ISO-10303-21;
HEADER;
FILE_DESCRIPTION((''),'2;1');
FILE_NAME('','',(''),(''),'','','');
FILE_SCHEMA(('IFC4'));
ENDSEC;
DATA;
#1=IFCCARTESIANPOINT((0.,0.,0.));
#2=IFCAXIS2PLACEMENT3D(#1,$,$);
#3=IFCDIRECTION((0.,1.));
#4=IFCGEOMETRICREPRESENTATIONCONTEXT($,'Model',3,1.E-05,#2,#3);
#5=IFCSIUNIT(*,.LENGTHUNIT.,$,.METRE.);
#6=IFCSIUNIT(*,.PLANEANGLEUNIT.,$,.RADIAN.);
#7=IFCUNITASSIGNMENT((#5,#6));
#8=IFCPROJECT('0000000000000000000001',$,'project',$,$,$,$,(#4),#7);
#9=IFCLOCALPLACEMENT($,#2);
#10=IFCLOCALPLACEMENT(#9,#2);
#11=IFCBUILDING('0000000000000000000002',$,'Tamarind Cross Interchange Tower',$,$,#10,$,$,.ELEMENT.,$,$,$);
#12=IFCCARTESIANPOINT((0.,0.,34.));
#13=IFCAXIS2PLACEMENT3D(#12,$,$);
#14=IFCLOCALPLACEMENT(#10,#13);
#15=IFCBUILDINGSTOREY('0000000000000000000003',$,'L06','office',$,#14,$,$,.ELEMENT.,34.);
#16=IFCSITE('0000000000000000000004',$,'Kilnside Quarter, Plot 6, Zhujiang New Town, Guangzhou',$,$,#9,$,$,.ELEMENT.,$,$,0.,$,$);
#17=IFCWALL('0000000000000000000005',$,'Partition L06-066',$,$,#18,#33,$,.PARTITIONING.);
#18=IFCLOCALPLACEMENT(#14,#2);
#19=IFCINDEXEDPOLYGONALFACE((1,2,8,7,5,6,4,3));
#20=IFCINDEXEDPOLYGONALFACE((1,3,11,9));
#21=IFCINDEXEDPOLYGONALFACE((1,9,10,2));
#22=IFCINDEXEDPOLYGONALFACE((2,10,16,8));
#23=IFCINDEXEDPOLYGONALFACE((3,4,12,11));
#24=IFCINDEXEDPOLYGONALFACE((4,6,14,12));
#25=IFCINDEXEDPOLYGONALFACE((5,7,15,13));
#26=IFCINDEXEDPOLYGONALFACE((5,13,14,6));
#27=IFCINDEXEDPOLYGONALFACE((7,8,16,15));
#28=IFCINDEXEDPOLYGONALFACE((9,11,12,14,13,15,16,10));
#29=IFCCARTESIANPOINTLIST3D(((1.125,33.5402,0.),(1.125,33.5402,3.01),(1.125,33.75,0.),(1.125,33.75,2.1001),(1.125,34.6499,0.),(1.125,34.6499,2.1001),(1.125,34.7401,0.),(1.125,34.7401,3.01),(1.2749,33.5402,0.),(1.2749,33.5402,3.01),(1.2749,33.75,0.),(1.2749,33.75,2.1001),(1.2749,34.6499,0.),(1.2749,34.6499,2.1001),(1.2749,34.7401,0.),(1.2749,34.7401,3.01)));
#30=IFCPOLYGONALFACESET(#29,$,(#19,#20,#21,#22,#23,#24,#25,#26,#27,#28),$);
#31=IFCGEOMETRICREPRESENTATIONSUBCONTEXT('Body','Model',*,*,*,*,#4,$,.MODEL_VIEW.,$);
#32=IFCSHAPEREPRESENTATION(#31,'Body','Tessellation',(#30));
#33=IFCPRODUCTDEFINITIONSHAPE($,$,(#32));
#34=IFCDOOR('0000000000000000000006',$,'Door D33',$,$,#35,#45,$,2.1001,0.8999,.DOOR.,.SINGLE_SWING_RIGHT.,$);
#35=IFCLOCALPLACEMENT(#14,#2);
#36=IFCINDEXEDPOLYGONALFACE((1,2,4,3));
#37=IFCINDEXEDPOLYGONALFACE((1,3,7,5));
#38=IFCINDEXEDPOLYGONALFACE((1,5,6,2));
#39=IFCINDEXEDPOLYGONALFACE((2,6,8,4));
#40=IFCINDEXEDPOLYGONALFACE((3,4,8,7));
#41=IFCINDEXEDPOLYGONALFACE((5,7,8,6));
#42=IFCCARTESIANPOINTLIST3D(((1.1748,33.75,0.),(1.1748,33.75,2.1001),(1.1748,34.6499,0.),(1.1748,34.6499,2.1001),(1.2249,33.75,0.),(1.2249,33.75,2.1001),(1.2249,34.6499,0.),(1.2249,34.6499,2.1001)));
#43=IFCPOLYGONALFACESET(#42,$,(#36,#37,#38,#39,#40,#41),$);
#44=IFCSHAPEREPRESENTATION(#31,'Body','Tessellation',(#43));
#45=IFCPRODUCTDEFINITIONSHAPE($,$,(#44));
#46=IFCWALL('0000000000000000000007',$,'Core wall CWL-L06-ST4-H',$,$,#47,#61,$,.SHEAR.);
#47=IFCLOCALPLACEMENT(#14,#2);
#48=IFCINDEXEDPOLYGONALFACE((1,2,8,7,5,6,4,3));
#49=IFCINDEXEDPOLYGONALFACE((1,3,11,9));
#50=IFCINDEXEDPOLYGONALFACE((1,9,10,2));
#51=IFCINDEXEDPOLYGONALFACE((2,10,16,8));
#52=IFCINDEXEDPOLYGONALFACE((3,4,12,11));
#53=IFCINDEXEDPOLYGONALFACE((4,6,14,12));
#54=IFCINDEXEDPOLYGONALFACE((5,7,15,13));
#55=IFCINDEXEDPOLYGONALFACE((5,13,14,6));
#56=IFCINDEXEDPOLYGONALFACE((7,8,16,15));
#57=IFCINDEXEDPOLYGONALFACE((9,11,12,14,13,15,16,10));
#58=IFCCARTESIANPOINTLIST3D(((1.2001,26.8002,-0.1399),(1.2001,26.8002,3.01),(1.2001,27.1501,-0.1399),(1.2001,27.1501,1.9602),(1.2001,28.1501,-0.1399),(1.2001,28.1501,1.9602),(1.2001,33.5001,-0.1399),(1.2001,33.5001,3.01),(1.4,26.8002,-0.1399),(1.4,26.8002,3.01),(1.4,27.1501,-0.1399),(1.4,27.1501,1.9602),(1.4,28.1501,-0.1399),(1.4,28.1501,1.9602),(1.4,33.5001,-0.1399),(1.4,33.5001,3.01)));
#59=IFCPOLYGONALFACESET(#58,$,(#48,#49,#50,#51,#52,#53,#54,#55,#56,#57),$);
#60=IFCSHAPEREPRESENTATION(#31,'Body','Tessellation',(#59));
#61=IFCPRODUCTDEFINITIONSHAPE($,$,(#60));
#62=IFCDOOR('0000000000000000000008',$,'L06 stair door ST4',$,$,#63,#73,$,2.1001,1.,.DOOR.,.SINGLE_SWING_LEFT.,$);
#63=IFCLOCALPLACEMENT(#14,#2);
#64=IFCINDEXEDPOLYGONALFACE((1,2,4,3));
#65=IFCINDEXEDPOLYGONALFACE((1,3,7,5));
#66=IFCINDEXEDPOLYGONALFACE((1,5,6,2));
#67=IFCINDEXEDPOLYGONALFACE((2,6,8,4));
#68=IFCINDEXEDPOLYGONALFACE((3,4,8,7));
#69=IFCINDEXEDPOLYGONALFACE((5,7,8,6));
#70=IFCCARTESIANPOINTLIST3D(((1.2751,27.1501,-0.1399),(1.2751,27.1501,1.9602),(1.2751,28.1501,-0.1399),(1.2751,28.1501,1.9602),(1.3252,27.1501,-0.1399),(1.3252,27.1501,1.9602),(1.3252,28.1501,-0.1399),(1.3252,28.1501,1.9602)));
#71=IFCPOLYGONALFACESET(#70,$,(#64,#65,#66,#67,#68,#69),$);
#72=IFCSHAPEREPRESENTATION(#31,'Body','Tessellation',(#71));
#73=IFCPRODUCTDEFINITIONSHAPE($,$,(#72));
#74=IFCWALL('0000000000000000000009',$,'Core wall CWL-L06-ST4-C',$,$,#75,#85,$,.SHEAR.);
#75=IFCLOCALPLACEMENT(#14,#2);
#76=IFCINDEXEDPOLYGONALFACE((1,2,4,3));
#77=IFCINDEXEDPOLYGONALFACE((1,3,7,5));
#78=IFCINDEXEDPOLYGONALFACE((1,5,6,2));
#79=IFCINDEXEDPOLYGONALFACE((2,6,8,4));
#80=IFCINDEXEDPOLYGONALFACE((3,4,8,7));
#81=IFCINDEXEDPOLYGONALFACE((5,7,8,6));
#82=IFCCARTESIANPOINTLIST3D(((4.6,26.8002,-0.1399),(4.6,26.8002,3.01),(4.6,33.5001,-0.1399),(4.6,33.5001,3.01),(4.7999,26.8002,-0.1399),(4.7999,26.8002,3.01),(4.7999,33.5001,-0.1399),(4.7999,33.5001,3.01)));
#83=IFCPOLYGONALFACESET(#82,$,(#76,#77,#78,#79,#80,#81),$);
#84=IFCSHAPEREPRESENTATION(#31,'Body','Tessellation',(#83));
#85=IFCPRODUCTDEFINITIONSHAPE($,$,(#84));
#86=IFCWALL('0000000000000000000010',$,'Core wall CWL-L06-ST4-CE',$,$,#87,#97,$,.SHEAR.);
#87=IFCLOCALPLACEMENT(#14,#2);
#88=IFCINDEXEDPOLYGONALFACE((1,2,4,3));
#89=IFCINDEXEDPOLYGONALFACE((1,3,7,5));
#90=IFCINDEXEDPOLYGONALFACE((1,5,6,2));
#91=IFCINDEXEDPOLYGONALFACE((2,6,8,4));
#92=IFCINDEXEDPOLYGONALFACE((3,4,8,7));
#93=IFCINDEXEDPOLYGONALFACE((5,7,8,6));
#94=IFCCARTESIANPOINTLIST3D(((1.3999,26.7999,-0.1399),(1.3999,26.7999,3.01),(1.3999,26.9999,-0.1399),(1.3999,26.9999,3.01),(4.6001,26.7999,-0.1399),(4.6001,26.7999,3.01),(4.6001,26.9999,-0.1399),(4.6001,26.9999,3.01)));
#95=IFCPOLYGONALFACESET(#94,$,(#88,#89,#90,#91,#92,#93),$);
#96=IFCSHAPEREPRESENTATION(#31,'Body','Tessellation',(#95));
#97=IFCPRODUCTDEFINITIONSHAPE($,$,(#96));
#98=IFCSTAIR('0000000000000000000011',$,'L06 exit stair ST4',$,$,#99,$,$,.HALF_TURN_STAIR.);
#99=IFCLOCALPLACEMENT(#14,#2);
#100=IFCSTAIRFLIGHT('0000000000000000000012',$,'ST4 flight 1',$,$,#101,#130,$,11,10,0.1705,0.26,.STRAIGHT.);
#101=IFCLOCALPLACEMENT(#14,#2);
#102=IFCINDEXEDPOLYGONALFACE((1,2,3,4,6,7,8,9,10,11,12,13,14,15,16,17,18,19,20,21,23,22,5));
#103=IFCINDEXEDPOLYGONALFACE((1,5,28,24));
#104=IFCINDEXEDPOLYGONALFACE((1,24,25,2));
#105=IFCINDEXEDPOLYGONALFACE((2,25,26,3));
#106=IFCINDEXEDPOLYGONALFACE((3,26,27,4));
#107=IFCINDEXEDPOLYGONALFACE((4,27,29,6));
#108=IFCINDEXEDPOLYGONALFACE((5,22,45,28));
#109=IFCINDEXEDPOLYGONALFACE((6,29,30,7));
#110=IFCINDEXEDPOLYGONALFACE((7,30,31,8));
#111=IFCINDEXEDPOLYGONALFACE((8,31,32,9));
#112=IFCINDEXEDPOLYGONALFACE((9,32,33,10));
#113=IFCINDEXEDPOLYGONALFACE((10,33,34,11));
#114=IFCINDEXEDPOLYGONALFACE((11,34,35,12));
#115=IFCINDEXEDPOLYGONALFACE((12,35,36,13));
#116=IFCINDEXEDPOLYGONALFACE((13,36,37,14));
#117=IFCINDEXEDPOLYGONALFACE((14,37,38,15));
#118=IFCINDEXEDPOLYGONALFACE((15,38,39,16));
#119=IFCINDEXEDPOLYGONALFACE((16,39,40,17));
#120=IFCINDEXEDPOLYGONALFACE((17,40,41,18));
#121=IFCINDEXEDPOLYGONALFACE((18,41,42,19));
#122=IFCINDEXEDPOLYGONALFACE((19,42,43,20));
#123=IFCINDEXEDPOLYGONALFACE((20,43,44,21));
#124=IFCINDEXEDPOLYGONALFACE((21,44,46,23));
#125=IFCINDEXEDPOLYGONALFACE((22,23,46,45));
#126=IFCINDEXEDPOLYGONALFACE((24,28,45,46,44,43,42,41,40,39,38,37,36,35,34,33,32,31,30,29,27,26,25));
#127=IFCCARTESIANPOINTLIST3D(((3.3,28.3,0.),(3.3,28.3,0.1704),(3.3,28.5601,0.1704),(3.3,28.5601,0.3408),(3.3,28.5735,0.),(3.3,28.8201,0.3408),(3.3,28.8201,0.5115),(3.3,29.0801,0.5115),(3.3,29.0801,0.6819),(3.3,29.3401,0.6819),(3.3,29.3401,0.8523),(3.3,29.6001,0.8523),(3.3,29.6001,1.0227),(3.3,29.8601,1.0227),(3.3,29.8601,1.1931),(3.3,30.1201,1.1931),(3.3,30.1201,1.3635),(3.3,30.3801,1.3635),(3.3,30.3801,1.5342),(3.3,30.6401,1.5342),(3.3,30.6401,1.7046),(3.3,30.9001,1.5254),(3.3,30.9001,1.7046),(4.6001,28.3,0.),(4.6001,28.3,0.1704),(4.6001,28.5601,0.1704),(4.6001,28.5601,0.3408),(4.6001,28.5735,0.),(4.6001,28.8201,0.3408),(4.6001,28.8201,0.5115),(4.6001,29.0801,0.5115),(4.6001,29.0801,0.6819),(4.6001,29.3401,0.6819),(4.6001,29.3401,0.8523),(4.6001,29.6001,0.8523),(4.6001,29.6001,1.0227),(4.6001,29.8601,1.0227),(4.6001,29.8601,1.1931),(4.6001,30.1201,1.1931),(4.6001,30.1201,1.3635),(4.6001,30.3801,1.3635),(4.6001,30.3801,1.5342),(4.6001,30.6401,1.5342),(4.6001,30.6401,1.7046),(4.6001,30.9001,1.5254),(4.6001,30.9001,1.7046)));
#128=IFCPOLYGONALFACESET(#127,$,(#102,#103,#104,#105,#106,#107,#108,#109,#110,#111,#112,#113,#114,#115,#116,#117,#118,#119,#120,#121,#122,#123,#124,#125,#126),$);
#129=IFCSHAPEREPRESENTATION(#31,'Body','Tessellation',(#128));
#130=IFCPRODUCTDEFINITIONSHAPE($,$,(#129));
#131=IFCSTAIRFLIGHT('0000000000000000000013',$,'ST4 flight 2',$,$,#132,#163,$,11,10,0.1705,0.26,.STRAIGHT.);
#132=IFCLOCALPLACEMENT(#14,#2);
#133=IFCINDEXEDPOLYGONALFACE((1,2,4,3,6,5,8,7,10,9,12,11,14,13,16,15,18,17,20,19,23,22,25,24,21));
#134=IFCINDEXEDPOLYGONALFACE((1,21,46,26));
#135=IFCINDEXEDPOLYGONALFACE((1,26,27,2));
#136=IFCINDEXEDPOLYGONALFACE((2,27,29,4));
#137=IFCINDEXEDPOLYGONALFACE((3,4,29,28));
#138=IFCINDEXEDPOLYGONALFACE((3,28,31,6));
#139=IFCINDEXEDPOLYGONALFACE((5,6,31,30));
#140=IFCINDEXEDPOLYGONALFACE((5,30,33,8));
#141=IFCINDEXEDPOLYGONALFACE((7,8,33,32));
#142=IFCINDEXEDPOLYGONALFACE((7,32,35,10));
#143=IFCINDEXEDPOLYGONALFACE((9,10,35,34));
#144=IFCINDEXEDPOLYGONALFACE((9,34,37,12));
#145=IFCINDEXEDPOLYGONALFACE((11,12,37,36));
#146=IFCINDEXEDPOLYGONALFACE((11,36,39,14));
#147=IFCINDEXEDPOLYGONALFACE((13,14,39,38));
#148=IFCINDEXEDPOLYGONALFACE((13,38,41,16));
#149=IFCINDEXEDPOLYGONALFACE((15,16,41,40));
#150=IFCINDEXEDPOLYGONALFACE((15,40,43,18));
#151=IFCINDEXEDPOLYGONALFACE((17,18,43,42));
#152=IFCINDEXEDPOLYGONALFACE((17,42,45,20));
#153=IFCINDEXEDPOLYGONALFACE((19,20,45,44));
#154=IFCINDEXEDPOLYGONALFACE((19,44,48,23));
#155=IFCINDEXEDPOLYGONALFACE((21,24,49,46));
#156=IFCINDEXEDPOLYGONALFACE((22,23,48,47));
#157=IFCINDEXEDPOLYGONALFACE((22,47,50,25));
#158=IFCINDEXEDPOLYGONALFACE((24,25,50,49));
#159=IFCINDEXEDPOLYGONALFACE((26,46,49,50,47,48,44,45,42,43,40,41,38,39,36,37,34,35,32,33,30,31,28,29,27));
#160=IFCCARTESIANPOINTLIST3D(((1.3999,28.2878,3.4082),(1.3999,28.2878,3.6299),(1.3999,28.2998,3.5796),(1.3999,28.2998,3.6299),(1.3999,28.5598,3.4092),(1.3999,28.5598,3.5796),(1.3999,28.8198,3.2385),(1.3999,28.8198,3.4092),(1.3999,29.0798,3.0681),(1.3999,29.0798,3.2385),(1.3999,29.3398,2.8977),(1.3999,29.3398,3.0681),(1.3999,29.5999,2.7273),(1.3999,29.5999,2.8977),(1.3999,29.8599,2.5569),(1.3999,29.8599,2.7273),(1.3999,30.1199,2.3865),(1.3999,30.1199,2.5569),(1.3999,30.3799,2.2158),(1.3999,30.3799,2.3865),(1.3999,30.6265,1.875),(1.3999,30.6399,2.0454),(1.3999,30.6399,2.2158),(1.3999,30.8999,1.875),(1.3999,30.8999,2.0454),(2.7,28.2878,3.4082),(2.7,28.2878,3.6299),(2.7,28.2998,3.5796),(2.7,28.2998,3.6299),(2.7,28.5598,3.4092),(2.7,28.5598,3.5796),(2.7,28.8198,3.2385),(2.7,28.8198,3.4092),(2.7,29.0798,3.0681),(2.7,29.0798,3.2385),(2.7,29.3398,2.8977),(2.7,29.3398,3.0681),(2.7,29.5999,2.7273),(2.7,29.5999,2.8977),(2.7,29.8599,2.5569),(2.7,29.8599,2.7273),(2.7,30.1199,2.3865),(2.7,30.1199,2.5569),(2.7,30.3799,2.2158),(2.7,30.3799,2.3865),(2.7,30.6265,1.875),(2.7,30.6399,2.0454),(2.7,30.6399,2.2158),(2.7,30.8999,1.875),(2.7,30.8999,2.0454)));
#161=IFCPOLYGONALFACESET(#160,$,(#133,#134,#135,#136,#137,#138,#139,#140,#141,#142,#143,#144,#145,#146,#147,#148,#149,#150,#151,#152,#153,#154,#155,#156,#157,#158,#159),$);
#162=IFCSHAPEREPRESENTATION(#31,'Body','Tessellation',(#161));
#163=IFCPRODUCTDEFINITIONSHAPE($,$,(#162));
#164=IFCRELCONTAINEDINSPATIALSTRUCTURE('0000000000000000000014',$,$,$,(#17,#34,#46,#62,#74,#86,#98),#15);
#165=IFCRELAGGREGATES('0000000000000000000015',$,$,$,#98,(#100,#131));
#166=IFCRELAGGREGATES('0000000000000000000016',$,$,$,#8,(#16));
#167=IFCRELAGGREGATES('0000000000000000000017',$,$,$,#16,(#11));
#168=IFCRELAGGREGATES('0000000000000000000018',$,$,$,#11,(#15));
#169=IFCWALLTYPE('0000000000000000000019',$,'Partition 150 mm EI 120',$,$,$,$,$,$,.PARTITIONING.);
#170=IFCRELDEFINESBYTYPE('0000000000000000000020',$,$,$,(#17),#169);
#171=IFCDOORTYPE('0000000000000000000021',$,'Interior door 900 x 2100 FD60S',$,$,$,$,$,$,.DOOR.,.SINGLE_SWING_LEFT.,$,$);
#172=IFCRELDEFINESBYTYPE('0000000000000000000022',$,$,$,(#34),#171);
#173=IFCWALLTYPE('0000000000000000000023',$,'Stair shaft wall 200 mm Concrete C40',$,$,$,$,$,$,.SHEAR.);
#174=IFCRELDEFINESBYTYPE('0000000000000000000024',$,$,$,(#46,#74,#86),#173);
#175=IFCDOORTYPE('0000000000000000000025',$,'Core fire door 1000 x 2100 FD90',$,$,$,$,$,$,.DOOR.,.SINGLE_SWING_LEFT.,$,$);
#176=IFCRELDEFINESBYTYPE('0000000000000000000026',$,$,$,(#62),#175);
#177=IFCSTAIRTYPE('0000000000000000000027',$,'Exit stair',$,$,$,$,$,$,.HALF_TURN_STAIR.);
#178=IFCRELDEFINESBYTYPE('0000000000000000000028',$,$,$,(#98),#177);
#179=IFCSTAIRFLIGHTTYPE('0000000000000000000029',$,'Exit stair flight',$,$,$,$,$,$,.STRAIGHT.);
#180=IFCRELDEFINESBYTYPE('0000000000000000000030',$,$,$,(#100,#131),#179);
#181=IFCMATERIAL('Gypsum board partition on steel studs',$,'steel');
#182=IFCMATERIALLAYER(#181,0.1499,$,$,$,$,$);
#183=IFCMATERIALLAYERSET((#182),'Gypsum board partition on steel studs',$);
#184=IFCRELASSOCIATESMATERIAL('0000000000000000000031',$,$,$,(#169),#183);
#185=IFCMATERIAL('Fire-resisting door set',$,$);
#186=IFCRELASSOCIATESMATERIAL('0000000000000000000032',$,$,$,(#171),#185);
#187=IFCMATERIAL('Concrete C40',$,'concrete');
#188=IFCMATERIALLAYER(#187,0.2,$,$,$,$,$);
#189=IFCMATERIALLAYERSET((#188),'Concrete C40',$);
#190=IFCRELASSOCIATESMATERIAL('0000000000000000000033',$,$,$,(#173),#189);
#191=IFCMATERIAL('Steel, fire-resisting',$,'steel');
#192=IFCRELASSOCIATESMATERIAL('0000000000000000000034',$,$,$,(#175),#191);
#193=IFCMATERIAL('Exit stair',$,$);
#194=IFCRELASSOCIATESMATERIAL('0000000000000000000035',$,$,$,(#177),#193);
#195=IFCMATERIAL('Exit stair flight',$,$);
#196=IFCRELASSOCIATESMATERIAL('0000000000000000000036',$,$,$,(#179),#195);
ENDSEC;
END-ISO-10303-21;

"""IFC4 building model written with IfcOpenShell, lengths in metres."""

from ifc_helpers import new_model, si_unit, direction, frame, frame_2d, origin, place, context, subcontext, project, spatial, polyline, rectangle, outline, extrude, material, layer, layer_set, type_object, element, fill, aggregate, save


model = new_model("IFC4")

# Units and contexts
model_context = context("Model", 3, precision=1e-05, world=origin(), true_north=direction((0.0, 1.0)))
body_context = subcontext(model_context, "Body", "Model", "MODEL_VIEW")
ifc_project = project(units=[si_unit("LENGTHUNIT", "METRE"), si_unit("PLANEANGLEUNIT", "RADIAN")], contexts=[model_context])

# Site, building, storey
site_placement = place(None, origin())
site = spatial("IfcSite", under=ifc_project, at=site_placement, Name="Kilnside Quarter, Plot 6, Zhujiang New Town, Guangzhou", CompositionType="ELEMENT", RefElevation=0.0)
building_placement = place(site_placement, origin())
building = spatial("IfcBuilding", under=site, at=building_placement, Name="Tamarind Cross Interchange Tower", CompositionType="ELEMENT")
storey_placement = place(building_placement, frame((0.0, 0.0, 34.0)))
storey = spatial("IfcBuildingStorey", under=building, at=storey_placement, Name="L06", Description="office", CompositionType="ELEMENT", Elevation=34.0)

# Shared definitions
ifc_material_1 = material(Name="Gypsum board partition on steel studs", Category="steel")
ifc_layer_1 = layer(ifc_material_1, 0.1499)
ifc_layer_set_1 = layer_set([ifc_layer_1], Name="Gypsum board partition on steel studs")
wall_type_1 = type_object("IfcWallType", Name="Partition 150 mm EI 120", PredefinedType="PARTITIONING", material=ifc_layer_set_1)

# Walls, openings, doors
wall_1_placement = place(storey_placement, frame((1.2, 33.54, 0.0), z_axis=(0.0, 0.0, 1.0), x_axis=(0.0, 1.0, 0.0)))
wall_1 = element("IfcWall", 1, at=wall_1_placement, inside=storey, type_object=wall_type_1, Name="Partition L06-066", PredefinedType="PARTITIONING", context=body_context, shape_type="SweptSolid", body=[
    extrude(rectangle(XDim=1.2, YDim=0.1499, at=frame_2d((0.6001, 0.0))), origin(), (0.0, 0.0, 1.0), 3.01),
])
opening_1_placement = place(wall_1_placement, frame((0.21, 0.0, 0.0)))
opening_1 = element("IfcOpeningElement", 2, at=opening_1_placement, cuts=wall_1, PredefinedType="OPENING", context=body_context, shape_type="SweptSolid", body=[
    extrude(rectangle(XDim=0.8999, YDim=2.1001, at=frame_2d((0.45, 1.05))), frame((0.0, 0.085, 0.0), z_axis=(0.0, -1.0, 0.0), x_axis=(1.0, 0.0, 0.0)), (0.0, 0.0, 1.0), 0.1699),
])
ifc_material_2 = material(Name="Fire-resisting door set")
door_type_1 = type_object("IfcDoorType", Name="Interior door 900 x 2100 FD60S", OperationType="SINGLE_SWING_LEFT", PredefinedType="DOOR", material=ifc_material_2)
door_1_placement = place(opening_1_placement, frame((0.8999, 0.0, 0.0), z_axis=(0.0, 0.0, 1.0), x_axis=(-1.0, 0.0, 0.0)))
door_1 = element("IfcDoor", 3, at=door_1_placement, inside=storey, type_object=door_type_1, Name="Door D33", OperationType="SINGLE_SWING_RIGHT", OverallHeight=2.1001, OverallWidth=0.8999, PredefinedType="DOOR", context=body_context, shape_type="SweptSolid", body=[
    extrude(rectangle(XDim=0.8999, YDim=2.1001, at=frame_2d((0.45, 1.05))), frame((0.0, 0.0249, 0.0), z_axis=(0.0, -1.0, 0.0), x_axis=(1.0, 0.0, 0.0)), (0.0, 0.0, 1.0), 0.05),
])
fill(opening_1, door_1)
ifc_material_3 = material(Name="Concrete C40", Category="concrete")
ifc_layer_2 = layer(ifc_material_3, 0.2)
ifc_layer_set_2 = layer_set([ifc_layer_2], Name="Concrete C40")
wall_type_2 = type_object("IfcWallType", Name="Stair shaft wall 200 mm Concrete C40", PredefinedType="SHEAR", material=ifc_layer_set_2)
wall_2_placement = place(storey_placement, frame((1.3, 26.8, -0.1399), z_axis=(0.0, 0.0, 1.0), x_axis=(0.0, 1.0, 0.0)))
wall_2 = element("IfcWall", 4, at=wall_2_placement, inside=storey, type_object=wall_type_2, Name="Core wall CWL-L06-ST4-H", PredefinedType="SHEAR", context=body_context, shape_type="SweptSolid", body=[
    extrude(rectangle(XDim=6.7, YDim=0.2, at=frame_2d((3.3501, 0.0))), origin(), (0.0, 0.0, 1.0), 3.1499),
])
opening_2_placement = place(wall_2_placement, frame((0.3501, 0.0, 0.0)))
opening_2 = element("IfcOpeningElement", 5, at=opening_2_placement, cuts=wall_2, PredefinedType="OPENING", context=body_context, shape_type="SweptSolid", body=[
    extrude(rectangle(XDim=1.0, YDim=2.1001, at=frame_2d((0.5, 1.05))), frame((0.0, 0.1099, 0.0), z_axis=(0.0, -1.0, 0.0), x_axis=(1.0, 0.0, 0.0)), (0.0, 0.0, 1.0), 0.22),
])
ifc_material_4 = material(Name="Steel, fire-resisting", Category="steel")
door_type_2 = type_object("IfcDoorType", Name="Core fire door 1000 x 2100 FD90", OperationType="SINGLE_SWING_LEFT", PredefinedType="DOOR", material=ifc_material_4)
door_2_placement = place(opening_2_placement, origin())
door_2 = element("IfcDoor", 6, at=door_2_placement, inside=storey, type_object=door_type_2, Name="L06 stair door ST4", OperationType="SINGLE_SWING_LEFT", OverallHeight=2.1001, OverallWidth=1.0, PredefinedType="DOOR", context=body_context, shape_type="SweptSolid", body=[
    extrude(rectangle(XDim=1.0, YDim=2.1001, at=frame_2d((0.5, 1.05))), frame((0.0, 0.0249, 0.0), z_axis=(0.0, -1.0, 0.0), x_axis=(1.0, 0.0, 0.0)), (0.0, 0.0, 1.0), 0.05),
])
fill(opening_2, door_2)

# Walls
wall_3_placement = place(storey_placement, frame((4.7, 26.8, -0.1399), z_axis=(0.0, 0.0, 1.0), x_axis=(0.0, 1.0, 0.0)))
element("IfcWall", 7, at=wall_3_placement, inside=storey, type_object=wall_type_2, Name="Core wall CWL-L06-ST4-C", PredefinedType="SHEAR", context=body_context, shape_type="SweptSolid", body=[
    extrude(rectangle(XDim=6.7, YDim=0.2, at=frame_2d((3.3501, 0.0))), origin(), (0.0, 0.0, 1.0), 3.1499),
])
wall_4_placement = place(storey_placement, frame((4.6001, 26.8999, -0.1399), z_axis=(0.0, 0.0, 1.0), x_axis=(-1.0, 0.0, 0.0)))
element("IfcWall", 8, at=wall_4_placement, inside=storey, type_object=wall_type_2, Name="Core wall CWL-L06-ST4-CE", PredefinedType="SHEAR", context=body_context, shape_type="SweptSolid", body=[
    extrude(rectangle(XDim=3.2002, YDim=0.2, at=frame_2d((1.6001, 0.0))), origin(), (0.0, 0.0, 1.0), 3.1499),
])

# Stair, stair flights
ifc_material_5 = material(Name="Exit stair")
stair_type = type_object("IfcStairType", Name="Exit stair", PredefinedType="HALF_TURN_STAIR", material=ifc_material_5)
stair_placement = place(storey_placement, origin())
stair = element("IfcStair", 9, at=stair_placement, inside=storey, type_object=stair_type, Name="L06 exit stair ST4", PredefinedType="HALF_TURN_STAIR")
ifc_material_6 = material(Name="Exit stair flight")
stair_flight_type = type_object("IfcStairFlightType", Name="Exit stair flight", PredefinedType="STRAIGHT", material=ifc_material_6)
stair_flight_1_placement = place(storey_placement, frame((3.95, 28.3, 0.0), z_axis=(0.0, 0.0, 1.0), x_axis=(0.0, 1.0, 0.0)))
stair_flight_1 = element("IfcStairFlight", 10, at=stair_flight_1_placement, type_object=stair_flight_type, Name="ST4 flight 1", NumberOfRisers=11, NumberOfTreads=10, PredefinedType="STRAIGHT", RiserHeight=0.1705, TreadLength=0.26, context=body_context, shape_type="SweptSolid", body=[
    extrude(outline(polyline([(0.0, 0.0), (0.0, 0.1704), (0.26, 0.1704), (0.26, 0.3408), (0.52, 0.3408), (0.52, 0.5115), (0.78, 0.5115), (0.78, 0.6819), (1.04, 0.6819), (1.04, 0.8523), (1.3, 0.8523), (1.3, 1.0227), (1.5601, 1.0227), (1.5601, 1.1931), (1.8201, 1.1931), (1.8201, 1.3635), (2.0801, 1.3635), (2.0801, 1.5342), (2.3401, 1.5342), (2.3401, 1.7046), (2.6001, 1.7046), (2.6001, 1.875), (2.6001, 1.5254), (0.2734, 0.0), (0.0, 0.0)])), frame((0.0, 0.6499, 0.0), z_axis=(0.0, -1.0, 0.0), x_axis=(1.0, 0.0, 0.0)), (0.0, 0.0, 1.0), 1.3),
])
stair_flight_2_placement = place(storey_placement, frame((2.05, 30.8999, 1.875), z_axis=(0.0, 0.0, 1.0), x_axis=(0.0, -1.0, 0.0)))
stair_flight_2 = element("IfcStairFlight", 11, at=stair_flight_2_placement, type_object=stair_flight_type, Name="ST4 flight 2", NumberOfRisers=11, NumberOfTreads=10, PredefinedType="STRAIGHT", RiserHeight=0.1705, TreadLength=0.26, context=body_context, shape_type="SweptSolid", body=[
    extrude(outline(polyline([(0.0, 0.0), (0.0, 0.1704), (0.26, 0.1704), (0.26, 0.3408), (0.52, 0.3408), (0.52, 0.5115), (0.78, 0.5115), (0.78, 0.6819), (1.04, 0.6819), (1.04, 0.8523), (1.3, 0.8523), (1.3, 1.0227), (1.5601, 1.0227), (1.5601, 1.1931), (1.8201, 1.1931), (1.8201, 1.3635), (2.0801, 1.3635), (2.0801, 1.5342), (2.3401, 1.5342), (2.3401, 1.7046), (2.6001, 1.7046), (2.6001, 1.7549), (2.6121, 1.7549), (2.6121, 1.5332), (0.2734, 0.0), (0.0, 0.0)])), frame((0.0, 0.6499, 0.0), z_axis=(0.0, -1.0, 0.0), x_axis=(1.0, 0.0, 0.0)), (0.0, 0.0, 1.0), 1.3),
])
aggregate(stair, [stair_flight_1, stair_flight_2])

save(model, "model.ifc")
